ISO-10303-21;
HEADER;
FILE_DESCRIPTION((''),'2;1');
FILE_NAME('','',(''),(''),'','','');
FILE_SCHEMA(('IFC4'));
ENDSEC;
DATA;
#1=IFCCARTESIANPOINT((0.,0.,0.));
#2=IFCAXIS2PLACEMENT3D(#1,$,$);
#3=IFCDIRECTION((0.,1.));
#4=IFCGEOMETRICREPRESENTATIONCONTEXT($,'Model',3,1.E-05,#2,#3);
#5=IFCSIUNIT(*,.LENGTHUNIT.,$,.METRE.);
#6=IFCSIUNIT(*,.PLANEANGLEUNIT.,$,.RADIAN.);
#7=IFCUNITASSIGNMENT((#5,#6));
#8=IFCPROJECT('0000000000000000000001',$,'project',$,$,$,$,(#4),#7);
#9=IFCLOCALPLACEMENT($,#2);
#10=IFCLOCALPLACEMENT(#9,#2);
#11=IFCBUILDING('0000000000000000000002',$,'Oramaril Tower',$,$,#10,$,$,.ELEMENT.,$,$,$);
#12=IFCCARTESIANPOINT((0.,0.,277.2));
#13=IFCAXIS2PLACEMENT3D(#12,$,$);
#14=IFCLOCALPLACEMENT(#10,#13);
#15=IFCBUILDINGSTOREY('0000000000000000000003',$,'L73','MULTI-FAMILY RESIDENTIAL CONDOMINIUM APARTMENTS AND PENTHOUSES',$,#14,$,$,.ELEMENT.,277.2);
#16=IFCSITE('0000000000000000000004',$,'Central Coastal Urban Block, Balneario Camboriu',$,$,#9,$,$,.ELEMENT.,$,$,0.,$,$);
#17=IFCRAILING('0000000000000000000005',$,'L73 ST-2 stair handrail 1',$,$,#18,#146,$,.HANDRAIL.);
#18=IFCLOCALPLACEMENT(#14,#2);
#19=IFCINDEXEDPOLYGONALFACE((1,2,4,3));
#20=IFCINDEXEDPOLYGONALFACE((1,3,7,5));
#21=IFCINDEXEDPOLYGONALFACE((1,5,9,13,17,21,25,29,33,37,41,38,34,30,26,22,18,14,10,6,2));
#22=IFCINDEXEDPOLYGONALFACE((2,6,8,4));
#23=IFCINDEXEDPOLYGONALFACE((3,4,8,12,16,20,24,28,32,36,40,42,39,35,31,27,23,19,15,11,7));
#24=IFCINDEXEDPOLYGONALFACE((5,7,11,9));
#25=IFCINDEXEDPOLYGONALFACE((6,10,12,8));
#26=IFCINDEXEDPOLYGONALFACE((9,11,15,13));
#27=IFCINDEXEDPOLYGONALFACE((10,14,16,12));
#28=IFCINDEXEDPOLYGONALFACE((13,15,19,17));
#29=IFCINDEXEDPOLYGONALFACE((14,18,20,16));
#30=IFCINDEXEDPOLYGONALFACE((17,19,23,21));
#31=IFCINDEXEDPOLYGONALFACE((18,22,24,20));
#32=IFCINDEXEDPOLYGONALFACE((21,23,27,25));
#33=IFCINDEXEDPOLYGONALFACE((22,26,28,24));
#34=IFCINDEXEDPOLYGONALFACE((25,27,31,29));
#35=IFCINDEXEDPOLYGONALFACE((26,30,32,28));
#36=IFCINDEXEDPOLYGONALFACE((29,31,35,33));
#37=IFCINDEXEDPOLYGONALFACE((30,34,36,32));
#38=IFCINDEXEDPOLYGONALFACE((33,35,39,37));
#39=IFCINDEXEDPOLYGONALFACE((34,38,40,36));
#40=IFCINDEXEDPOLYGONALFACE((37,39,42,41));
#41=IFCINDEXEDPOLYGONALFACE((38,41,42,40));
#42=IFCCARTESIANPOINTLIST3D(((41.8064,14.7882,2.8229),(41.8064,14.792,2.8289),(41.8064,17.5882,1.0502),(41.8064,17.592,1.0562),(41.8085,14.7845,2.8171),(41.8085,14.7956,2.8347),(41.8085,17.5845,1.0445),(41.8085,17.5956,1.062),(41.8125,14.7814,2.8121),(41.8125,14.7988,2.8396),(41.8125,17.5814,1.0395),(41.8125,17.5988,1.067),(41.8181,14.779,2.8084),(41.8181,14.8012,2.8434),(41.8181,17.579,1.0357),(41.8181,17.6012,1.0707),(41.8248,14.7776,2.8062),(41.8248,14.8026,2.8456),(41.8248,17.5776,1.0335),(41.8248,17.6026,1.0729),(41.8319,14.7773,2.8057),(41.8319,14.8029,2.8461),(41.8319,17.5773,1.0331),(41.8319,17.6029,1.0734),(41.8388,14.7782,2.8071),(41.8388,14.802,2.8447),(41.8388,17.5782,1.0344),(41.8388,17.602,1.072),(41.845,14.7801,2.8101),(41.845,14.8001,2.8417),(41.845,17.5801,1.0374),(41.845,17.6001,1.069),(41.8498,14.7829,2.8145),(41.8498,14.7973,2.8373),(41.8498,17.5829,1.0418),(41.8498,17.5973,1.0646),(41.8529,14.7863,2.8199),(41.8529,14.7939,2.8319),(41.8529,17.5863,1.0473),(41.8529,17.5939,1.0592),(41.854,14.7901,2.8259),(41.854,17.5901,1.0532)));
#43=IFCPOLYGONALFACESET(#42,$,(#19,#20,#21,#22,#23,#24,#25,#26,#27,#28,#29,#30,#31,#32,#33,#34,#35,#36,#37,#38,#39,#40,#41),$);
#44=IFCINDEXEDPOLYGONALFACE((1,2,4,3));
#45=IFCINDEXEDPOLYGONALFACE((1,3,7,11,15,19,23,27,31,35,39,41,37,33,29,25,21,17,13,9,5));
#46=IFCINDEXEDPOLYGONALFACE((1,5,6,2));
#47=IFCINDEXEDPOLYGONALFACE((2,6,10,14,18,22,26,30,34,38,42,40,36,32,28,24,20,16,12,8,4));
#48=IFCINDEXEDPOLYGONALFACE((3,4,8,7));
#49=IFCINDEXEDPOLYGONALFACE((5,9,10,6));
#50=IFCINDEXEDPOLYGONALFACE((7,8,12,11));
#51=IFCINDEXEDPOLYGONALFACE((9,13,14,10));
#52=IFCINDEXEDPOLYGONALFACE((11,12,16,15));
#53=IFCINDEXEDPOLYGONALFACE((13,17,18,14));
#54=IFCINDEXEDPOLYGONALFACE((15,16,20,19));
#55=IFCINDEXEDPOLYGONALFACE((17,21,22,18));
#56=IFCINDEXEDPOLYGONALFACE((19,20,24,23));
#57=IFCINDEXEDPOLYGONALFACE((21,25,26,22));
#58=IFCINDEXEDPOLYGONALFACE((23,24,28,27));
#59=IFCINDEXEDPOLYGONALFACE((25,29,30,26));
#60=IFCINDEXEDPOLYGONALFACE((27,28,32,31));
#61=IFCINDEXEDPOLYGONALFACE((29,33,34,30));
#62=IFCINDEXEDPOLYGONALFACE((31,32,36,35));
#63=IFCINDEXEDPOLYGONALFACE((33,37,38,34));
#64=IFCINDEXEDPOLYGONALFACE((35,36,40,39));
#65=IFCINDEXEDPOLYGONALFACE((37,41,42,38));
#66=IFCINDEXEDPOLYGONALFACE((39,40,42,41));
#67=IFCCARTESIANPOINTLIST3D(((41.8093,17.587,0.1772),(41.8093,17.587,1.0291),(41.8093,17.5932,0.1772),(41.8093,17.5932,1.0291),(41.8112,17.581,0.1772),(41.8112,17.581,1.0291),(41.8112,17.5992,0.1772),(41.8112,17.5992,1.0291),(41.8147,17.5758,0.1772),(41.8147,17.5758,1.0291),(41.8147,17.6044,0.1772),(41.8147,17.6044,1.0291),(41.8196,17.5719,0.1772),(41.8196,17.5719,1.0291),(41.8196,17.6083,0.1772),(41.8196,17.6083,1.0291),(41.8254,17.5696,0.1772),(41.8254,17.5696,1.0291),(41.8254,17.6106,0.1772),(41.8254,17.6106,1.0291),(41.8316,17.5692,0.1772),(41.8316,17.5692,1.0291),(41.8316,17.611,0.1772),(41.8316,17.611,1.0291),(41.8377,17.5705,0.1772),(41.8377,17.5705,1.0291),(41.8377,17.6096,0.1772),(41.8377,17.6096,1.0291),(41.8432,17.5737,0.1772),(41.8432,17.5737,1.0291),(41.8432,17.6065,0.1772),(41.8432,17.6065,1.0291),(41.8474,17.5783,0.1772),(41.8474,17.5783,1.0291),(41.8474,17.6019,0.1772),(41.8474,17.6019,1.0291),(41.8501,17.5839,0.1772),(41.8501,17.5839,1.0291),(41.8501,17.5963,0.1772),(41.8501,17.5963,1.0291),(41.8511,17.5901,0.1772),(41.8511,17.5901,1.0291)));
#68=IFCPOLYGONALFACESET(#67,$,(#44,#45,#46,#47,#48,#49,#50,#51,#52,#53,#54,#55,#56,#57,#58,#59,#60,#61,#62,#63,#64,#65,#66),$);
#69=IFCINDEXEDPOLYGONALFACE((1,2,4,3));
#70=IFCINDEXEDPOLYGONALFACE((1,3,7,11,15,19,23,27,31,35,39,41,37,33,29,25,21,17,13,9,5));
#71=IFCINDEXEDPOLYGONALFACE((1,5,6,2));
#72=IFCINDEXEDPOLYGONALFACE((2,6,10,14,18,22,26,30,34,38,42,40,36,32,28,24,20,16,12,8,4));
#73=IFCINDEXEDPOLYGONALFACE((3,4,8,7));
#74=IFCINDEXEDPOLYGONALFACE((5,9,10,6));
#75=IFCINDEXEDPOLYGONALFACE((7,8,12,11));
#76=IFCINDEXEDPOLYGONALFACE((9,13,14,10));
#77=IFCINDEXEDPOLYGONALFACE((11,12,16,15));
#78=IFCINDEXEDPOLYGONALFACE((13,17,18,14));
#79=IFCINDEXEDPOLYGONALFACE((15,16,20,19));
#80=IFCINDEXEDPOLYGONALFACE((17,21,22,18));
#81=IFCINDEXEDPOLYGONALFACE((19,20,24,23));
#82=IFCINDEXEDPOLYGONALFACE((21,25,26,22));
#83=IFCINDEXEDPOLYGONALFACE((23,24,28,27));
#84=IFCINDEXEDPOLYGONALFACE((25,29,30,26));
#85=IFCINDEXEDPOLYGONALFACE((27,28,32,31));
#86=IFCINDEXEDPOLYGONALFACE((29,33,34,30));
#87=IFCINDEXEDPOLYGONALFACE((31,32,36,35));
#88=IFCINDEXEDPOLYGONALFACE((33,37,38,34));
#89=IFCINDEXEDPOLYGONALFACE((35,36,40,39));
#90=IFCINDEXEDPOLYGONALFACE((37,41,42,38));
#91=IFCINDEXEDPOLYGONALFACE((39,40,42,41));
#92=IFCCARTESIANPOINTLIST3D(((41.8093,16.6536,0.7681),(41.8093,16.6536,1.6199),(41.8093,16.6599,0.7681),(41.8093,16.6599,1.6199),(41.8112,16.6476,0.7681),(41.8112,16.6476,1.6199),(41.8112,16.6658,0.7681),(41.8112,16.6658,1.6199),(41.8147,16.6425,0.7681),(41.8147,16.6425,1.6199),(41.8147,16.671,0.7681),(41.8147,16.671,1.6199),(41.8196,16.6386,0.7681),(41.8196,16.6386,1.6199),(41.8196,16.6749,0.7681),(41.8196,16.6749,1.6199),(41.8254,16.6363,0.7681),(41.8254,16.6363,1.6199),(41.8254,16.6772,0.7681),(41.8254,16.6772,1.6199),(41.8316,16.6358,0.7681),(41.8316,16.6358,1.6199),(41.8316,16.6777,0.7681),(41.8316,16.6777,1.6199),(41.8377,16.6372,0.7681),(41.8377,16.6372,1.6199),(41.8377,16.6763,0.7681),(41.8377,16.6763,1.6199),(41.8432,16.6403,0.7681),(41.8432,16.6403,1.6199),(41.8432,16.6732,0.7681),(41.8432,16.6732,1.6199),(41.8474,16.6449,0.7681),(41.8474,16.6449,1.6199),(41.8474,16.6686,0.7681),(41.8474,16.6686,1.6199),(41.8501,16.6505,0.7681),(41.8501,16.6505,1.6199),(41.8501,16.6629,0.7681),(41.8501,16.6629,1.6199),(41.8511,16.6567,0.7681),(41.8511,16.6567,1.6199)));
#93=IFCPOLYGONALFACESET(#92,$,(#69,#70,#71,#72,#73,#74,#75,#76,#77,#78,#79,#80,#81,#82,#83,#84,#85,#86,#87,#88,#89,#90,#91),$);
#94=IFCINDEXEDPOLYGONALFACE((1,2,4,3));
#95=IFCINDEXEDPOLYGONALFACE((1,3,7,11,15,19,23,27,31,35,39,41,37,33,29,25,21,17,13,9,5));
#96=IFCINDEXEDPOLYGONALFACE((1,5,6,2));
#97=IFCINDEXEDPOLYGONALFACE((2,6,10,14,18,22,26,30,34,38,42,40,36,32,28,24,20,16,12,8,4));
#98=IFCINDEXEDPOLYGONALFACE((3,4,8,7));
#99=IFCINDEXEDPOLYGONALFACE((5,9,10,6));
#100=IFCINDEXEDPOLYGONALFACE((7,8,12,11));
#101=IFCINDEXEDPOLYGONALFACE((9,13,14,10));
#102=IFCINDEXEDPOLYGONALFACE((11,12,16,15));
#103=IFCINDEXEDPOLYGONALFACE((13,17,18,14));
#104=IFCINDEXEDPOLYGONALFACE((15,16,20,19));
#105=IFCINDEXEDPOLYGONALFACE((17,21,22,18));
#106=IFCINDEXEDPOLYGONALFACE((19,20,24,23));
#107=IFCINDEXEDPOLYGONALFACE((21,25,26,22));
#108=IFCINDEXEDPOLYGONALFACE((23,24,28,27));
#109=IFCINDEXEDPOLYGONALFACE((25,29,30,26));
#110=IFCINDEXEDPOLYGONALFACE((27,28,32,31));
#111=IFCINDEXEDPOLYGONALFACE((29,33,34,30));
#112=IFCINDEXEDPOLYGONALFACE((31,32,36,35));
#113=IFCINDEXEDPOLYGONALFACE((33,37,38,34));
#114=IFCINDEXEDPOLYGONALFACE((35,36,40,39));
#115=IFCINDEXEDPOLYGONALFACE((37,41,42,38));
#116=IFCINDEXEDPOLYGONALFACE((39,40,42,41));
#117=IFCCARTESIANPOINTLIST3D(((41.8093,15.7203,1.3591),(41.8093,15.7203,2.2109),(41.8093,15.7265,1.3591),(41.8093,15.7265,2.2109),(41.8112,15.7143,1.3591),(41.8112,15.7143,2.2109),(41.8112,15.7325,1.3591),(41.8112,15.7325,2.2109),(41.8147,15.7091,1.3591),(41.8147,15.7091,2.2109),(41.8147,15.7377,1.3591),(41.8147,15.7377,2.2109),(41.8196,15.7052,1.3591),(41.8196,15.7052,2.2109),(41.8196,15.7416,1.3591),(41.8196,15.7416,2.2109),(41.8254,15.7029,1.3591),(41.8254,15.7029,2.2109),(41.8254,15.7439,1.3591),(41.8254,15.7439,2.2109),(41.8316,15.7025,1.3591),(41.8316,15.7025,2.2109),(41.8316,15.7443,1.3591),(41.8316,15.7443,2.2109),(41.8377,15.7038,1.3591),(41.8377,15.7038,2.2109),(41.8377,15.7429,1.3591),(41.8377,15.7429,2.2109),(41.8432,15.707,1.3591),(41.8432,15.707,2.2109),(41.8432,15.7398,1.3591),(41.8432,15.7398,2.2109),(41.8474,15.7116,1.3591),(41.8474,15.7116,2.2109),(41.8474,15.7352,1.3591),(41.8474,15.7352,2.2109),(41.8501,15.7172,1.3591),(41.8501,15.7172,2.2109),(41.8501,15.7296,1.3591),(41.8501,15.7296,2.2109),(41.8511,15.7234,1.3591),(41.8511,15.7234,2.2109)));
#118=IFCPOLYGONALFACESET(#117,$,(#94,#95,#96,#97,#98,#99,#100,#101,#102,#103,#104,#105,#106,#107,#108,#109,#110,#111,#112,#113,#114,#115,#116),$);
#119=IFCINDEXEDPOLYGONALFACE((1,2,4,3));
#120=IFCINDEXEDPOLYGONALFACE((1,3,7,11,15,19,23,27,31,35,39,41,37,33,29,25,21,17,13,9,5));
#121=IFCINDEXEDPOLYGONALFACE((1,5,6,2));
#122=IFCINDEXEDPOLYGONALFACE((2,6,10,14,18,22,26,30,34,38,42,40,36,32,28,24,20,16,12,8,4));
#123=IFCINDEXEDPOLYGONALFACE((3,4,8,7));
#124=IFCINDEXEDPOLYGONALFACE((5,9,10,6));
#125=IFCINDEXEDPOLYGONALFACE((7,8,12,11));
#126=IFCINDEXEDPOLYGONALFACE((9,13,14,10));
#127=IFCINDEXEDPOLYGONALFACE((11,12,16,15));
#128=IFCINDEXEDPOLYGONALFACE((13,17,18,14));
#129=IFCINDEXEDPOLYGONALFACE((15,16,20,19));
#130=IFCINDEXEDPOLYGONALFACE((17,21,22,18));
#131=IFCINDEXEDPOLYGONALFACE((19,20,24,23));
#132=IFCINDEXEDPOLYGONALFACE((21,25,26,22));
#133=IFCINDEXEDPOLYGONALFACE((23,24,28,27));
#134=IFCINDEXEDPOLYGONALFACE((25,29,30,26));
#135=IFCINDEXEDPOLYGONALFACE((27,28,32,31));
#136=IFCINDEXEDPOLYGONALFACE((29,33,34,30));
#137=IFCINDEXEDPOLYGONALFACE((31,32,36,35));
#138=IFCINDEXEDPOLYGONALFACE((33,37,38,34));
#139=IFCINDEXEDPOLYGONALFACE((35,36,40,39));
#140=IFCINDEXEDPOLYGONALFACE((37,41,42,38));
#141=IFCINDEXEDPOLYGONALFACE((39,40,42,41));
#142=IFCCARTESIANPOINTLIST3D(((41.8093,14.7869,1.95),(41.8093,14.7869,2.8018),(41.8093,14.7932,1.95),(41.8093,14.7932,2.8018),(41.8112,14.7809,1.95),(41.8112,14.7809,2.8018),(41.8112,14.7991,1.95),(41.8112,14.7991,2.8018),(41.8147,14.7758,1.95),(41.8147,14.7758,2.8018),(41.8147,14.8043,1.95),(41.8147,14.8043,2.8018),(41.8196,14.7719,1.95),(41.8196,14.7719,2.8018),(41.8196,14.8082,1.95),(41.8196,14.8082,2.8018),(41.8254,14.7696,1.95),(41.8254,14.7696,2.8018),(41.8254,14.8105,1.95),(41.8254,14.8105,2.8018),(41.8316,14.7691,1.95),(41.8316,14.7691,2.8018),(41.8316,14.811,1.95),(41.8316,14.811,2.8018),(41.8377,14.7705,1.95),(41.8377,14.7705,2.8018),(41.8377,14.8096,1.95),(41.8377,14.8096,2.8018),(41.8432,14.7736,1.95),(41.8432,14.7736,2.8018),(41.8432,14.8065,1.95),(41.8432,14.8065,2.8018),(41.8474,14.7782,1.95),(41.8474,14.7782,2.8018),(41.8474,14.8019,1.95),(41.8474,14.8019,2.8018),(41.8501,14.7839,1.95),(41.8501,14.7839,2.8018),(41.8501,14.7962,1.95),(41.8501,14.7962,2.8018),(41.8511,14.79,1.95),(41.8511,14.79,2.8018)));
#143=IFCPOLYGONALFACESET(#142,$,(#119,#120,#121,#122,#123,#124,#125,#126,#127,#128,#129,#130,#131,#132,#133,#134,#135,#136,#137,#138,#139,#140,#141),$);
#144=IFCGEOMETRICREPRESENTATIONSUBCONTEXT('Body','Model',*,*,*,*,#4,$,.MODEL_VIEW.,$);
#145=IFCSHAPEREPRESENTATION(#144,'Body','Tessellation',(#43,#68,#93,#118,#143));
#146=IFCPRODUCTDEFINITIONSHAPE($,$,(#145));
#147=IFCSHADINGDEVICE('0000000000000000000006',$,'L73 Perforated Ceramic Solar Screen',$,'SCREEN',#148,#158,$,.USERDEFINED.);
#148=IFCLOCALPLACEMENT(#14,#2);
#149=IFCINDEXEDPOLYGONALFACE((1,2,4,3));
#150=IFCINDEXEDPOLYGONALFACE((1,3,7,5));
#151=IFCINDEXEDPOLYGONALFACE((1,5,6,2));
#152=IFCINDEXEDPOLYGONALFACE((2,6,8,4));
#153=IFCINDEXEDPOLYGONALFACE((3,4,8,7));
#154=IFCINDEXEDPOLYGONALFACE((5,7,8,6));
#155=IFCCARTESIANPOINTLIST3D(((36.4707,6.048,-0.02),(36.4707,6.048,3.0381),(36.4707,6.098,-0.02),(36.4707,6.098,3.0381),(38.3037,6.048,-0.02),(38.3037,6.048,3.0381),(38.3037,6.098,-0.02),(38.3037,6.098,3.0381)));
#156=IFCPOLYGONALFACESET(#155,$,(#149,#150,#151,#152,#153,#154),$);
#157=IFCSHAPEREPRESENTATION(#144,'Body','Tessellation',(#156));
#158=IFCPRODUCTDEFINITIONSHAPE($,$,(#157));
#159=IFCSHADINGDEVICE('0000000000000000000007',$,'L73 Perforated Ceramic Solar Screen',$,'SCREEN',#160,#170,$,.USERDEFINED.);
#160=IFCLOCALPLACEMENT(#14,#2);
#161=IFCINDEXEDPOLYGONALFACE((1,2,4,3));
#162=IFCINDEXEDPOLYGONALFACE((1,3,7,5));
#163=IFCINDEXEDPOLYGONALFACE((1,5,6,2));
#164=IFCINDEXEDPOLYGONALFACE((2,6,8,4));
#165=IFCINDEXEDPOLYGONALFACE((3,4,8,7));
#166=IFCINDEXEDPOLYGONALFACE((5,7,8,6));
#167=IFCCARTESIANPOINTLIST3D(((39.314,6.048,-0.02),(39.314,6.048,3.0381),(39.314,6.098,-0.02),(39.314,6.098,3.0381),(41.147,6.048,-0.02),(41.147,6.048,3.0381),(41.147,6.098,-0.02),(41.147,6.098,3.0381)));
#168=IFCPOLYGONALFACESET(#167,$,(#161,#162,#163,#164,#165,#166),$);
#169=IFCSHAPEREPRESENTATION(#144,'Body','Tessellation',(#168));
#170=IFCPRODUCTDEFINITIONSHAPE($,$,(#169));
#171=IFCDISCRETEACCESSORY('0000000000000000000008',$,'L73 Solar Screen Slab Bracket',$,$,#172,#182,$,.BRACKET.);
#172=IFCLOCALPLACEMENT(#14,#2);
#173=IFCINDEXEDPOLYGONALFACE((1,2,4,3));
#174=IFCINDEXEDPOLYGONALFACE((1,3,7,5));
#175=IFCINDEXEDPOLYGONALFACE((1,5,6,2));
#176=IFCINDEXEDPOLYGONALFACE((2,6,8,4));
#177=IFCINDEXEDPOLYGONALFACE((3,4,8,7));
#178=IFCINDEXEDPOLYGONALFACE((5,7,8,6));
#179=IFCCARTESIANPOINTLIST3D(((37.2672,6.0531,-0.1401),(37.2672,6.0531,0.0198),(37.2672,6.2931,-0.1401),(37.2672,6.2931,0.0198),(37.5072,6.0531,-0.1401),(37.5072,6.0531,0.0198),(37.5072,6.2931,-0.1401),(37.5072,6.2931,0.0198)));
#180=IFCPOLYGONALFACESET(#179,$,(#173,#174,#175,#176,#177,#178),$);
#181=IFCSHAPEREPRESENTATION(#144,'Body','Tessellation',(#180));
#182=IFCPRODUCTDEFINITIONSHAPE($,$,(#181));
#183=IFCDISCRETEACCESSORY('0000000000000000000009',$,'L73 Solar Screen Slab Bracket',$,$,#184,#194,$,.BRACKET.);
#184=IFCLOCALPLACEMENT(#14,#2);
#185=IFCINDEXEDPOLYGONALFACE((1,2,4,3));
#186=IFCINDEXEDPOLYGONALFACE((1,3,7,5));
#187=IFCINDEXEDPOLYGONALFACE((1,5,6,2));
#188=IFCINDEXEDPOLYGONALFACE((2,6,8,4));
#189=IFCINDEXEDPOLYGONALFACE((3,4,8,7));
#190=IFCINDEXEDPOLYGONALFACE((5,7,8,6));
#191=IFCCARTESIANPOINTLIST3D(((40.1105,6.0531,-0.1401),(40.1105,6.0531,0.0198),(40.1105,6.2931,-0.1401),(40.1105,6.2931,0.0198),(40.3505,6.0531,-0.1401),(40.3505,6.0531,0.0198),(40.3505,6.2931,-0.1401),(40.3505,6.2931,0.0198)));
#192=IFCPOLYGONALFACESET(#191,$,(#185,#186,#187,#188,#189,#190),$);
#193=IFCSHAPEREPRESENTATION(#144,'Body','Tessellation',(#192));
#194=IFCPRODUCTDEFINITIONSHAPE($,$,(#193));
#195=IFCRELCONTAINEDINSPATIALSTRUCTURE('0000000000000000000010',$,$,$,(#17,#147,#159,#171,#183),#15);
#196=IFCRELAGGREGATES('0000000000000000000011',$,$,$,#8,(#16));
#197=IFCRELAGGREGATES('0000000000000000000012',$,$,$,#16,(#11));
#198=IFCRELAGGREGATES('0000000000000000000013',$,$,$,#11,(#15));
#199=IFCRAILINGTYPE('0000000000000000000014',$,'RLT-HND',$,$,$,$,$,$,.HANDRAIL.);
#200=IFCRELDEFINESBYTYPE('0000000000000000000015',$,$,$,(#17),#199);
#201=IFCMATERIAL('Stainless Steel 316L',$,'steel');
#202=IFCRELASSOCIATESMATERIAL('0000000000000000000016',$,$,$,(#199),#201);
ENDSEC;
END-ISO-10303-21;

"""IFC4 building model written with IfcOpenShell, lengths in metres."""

from ifc_helpers import new_model, si_unit, direction, frame, origin, origin_2d, place, context, subcontext, project, spatial, rectangle, circle, extrude, material, type_object, element, save


model = new_model("IFC4")

# Units and contexts
model_context = context("Model", 3, precision=1e-05, world=origin(), true_north=direction((0.0, 1.0)))
body_context = subcontext(model_context, "Body", "Model", "MODEL_VIEW")
ifc_project = project(units=[si_unit("LENGTHUNIT", "METRE"), si_unit("PLANEANGLEUNIT", "RADIAN")], contexts=[model_context])

# Site, building, storey
site_placement = place(None, origin())
site = spatial("IfcSite", under=ifc_project, at=site_placement, Name="Central Coastal Urban Block, Balneario Camboriu", CompositionType="ELEMENT", RefElevation=0.0)
building_placement = place(site_placement, origin())
building = spatial("IfcBuilding", under=site, at=building_placement, Name="Oramaril Tower", CompositionType="ELEMENT")
storey_placement = place(building_placement, frame((0.0, 0.0, 277.2)))
storey = spatial("IfcBuildingStorey", under=building, at=storey_placement, Name="L73", Description="MULTI-FAMILY RESIDENTIAL CONDOMINIUM APARTMENTS AND PENTHOUSES", CompositionType="ELEMENT", Elevation=277.2)

# Railing
ifc_material_1 = material(Name="Stainless Steel 316L", Category="steel")
railing_type_1 = type_object("IfcRailingType", Name="RLT-HND", PredefinedType="HANDRAIL", material=ifc_material_1)
railing_1_placement = place(storey_placement, frame((41.8301, 17.5901, 0.1772)))
element("IfcRailing", 1, at=railing_1_placement, inside=storey, type_object=railing_type_1, Name="L73 ST-2 stair handrail 1", PredefinedType="HANDRAIL", context=body_context, shape_type="SweptSolid", body=[
    extrude(circle(Radius=0.0239, at=origin_2d()), frame((0.0, 0.0, 0.876), z_axis=(0.0, -0.844909, 0.53491), x_axis=(1.0, 0.0, 0.0)), (0.0, 0.0, 1.0), 3.314),
    extrude(circle(Radius=0.021, at=origin_2d()), origin(), (0.0, 0.0, 1.0), 0.8518),
    extrude(circle(Radius=0.021, at=origin_2d()), frame((0.0, -0.9333, 0.5908)), (0.0, 0.0, 1.0), 0.8518),
    extrude(circle(Radius=0.021, at=origin_2d()), frame((0.0, -1.8667, 1.1819)), (0.0, 0.0, 1.0), 0.8518),
    extrude(circle(Radius=0.021, at=origin_2d()), frame((0.0, -2.8, 1.7727)), (0.0, 0.0, 1.0), 0.8518),
])

# Shading devices
for number, where, z_axis, x_axis, name in (
    (2, (37.3872, 6.073, -0.02), (0.0, 0.0, 1.0), (1.0, 0.0, 0.0), "L73 Perforated Ceramic Solar Screen"),
    (3, (40.2305, 6.073, -0.02), (0.0, 0.0, 1.0), (1.0, 0.0, 0.0), "L73 Perforated Ceramic Solar Screen"),
):
    element("IfcShadingDevice", number, at=place(storey_placement, frame(where, z_axis=z_axis, x_axis=x_axis)), inside=storey, Name=name, ObjectType="SCREEN", PredefinedType="USERDEFINED", context=body_context, shape_type="SweptSolid", body=[
        extrude(rectangle(XDim=1.833, YDim=0.05, at=origin_2d()), origin(), (0.0, 0.0, 1.0), 3.0581),
    ])

# Discrete accessories
for number, where, z_axis, x_axis, name in (
    (4, (37.3872, 6.1731, -0.1401), (0.0, 0.0, 1.0), (1.0, 0.0, 0.0), "L73 Solar Screen Slab Bracket"),
    (5, (40.2305, 6.1731, -0.1401), (0.0, 0.0, 1.0), (1.0, 0.0, 0.0), "L73 Solar Screen Slab Bracket"),
):
    element("IfcDiscreteAccessory", number, at=place(storey_placement, frame(where, z_axis=z_axis, x_axis=x_axis)), inside=storey, Name=name, PredefinedType="BRACKET", context=body_context, shape_type="SweptSolid", body=[
        extrude(rectangle(XDim=0.24, YDim=0.24, at=origin_2d()), origin(), (0.0, 0.0, 1.0), 0.1599),
    ])

save(model, "model.ifc")
